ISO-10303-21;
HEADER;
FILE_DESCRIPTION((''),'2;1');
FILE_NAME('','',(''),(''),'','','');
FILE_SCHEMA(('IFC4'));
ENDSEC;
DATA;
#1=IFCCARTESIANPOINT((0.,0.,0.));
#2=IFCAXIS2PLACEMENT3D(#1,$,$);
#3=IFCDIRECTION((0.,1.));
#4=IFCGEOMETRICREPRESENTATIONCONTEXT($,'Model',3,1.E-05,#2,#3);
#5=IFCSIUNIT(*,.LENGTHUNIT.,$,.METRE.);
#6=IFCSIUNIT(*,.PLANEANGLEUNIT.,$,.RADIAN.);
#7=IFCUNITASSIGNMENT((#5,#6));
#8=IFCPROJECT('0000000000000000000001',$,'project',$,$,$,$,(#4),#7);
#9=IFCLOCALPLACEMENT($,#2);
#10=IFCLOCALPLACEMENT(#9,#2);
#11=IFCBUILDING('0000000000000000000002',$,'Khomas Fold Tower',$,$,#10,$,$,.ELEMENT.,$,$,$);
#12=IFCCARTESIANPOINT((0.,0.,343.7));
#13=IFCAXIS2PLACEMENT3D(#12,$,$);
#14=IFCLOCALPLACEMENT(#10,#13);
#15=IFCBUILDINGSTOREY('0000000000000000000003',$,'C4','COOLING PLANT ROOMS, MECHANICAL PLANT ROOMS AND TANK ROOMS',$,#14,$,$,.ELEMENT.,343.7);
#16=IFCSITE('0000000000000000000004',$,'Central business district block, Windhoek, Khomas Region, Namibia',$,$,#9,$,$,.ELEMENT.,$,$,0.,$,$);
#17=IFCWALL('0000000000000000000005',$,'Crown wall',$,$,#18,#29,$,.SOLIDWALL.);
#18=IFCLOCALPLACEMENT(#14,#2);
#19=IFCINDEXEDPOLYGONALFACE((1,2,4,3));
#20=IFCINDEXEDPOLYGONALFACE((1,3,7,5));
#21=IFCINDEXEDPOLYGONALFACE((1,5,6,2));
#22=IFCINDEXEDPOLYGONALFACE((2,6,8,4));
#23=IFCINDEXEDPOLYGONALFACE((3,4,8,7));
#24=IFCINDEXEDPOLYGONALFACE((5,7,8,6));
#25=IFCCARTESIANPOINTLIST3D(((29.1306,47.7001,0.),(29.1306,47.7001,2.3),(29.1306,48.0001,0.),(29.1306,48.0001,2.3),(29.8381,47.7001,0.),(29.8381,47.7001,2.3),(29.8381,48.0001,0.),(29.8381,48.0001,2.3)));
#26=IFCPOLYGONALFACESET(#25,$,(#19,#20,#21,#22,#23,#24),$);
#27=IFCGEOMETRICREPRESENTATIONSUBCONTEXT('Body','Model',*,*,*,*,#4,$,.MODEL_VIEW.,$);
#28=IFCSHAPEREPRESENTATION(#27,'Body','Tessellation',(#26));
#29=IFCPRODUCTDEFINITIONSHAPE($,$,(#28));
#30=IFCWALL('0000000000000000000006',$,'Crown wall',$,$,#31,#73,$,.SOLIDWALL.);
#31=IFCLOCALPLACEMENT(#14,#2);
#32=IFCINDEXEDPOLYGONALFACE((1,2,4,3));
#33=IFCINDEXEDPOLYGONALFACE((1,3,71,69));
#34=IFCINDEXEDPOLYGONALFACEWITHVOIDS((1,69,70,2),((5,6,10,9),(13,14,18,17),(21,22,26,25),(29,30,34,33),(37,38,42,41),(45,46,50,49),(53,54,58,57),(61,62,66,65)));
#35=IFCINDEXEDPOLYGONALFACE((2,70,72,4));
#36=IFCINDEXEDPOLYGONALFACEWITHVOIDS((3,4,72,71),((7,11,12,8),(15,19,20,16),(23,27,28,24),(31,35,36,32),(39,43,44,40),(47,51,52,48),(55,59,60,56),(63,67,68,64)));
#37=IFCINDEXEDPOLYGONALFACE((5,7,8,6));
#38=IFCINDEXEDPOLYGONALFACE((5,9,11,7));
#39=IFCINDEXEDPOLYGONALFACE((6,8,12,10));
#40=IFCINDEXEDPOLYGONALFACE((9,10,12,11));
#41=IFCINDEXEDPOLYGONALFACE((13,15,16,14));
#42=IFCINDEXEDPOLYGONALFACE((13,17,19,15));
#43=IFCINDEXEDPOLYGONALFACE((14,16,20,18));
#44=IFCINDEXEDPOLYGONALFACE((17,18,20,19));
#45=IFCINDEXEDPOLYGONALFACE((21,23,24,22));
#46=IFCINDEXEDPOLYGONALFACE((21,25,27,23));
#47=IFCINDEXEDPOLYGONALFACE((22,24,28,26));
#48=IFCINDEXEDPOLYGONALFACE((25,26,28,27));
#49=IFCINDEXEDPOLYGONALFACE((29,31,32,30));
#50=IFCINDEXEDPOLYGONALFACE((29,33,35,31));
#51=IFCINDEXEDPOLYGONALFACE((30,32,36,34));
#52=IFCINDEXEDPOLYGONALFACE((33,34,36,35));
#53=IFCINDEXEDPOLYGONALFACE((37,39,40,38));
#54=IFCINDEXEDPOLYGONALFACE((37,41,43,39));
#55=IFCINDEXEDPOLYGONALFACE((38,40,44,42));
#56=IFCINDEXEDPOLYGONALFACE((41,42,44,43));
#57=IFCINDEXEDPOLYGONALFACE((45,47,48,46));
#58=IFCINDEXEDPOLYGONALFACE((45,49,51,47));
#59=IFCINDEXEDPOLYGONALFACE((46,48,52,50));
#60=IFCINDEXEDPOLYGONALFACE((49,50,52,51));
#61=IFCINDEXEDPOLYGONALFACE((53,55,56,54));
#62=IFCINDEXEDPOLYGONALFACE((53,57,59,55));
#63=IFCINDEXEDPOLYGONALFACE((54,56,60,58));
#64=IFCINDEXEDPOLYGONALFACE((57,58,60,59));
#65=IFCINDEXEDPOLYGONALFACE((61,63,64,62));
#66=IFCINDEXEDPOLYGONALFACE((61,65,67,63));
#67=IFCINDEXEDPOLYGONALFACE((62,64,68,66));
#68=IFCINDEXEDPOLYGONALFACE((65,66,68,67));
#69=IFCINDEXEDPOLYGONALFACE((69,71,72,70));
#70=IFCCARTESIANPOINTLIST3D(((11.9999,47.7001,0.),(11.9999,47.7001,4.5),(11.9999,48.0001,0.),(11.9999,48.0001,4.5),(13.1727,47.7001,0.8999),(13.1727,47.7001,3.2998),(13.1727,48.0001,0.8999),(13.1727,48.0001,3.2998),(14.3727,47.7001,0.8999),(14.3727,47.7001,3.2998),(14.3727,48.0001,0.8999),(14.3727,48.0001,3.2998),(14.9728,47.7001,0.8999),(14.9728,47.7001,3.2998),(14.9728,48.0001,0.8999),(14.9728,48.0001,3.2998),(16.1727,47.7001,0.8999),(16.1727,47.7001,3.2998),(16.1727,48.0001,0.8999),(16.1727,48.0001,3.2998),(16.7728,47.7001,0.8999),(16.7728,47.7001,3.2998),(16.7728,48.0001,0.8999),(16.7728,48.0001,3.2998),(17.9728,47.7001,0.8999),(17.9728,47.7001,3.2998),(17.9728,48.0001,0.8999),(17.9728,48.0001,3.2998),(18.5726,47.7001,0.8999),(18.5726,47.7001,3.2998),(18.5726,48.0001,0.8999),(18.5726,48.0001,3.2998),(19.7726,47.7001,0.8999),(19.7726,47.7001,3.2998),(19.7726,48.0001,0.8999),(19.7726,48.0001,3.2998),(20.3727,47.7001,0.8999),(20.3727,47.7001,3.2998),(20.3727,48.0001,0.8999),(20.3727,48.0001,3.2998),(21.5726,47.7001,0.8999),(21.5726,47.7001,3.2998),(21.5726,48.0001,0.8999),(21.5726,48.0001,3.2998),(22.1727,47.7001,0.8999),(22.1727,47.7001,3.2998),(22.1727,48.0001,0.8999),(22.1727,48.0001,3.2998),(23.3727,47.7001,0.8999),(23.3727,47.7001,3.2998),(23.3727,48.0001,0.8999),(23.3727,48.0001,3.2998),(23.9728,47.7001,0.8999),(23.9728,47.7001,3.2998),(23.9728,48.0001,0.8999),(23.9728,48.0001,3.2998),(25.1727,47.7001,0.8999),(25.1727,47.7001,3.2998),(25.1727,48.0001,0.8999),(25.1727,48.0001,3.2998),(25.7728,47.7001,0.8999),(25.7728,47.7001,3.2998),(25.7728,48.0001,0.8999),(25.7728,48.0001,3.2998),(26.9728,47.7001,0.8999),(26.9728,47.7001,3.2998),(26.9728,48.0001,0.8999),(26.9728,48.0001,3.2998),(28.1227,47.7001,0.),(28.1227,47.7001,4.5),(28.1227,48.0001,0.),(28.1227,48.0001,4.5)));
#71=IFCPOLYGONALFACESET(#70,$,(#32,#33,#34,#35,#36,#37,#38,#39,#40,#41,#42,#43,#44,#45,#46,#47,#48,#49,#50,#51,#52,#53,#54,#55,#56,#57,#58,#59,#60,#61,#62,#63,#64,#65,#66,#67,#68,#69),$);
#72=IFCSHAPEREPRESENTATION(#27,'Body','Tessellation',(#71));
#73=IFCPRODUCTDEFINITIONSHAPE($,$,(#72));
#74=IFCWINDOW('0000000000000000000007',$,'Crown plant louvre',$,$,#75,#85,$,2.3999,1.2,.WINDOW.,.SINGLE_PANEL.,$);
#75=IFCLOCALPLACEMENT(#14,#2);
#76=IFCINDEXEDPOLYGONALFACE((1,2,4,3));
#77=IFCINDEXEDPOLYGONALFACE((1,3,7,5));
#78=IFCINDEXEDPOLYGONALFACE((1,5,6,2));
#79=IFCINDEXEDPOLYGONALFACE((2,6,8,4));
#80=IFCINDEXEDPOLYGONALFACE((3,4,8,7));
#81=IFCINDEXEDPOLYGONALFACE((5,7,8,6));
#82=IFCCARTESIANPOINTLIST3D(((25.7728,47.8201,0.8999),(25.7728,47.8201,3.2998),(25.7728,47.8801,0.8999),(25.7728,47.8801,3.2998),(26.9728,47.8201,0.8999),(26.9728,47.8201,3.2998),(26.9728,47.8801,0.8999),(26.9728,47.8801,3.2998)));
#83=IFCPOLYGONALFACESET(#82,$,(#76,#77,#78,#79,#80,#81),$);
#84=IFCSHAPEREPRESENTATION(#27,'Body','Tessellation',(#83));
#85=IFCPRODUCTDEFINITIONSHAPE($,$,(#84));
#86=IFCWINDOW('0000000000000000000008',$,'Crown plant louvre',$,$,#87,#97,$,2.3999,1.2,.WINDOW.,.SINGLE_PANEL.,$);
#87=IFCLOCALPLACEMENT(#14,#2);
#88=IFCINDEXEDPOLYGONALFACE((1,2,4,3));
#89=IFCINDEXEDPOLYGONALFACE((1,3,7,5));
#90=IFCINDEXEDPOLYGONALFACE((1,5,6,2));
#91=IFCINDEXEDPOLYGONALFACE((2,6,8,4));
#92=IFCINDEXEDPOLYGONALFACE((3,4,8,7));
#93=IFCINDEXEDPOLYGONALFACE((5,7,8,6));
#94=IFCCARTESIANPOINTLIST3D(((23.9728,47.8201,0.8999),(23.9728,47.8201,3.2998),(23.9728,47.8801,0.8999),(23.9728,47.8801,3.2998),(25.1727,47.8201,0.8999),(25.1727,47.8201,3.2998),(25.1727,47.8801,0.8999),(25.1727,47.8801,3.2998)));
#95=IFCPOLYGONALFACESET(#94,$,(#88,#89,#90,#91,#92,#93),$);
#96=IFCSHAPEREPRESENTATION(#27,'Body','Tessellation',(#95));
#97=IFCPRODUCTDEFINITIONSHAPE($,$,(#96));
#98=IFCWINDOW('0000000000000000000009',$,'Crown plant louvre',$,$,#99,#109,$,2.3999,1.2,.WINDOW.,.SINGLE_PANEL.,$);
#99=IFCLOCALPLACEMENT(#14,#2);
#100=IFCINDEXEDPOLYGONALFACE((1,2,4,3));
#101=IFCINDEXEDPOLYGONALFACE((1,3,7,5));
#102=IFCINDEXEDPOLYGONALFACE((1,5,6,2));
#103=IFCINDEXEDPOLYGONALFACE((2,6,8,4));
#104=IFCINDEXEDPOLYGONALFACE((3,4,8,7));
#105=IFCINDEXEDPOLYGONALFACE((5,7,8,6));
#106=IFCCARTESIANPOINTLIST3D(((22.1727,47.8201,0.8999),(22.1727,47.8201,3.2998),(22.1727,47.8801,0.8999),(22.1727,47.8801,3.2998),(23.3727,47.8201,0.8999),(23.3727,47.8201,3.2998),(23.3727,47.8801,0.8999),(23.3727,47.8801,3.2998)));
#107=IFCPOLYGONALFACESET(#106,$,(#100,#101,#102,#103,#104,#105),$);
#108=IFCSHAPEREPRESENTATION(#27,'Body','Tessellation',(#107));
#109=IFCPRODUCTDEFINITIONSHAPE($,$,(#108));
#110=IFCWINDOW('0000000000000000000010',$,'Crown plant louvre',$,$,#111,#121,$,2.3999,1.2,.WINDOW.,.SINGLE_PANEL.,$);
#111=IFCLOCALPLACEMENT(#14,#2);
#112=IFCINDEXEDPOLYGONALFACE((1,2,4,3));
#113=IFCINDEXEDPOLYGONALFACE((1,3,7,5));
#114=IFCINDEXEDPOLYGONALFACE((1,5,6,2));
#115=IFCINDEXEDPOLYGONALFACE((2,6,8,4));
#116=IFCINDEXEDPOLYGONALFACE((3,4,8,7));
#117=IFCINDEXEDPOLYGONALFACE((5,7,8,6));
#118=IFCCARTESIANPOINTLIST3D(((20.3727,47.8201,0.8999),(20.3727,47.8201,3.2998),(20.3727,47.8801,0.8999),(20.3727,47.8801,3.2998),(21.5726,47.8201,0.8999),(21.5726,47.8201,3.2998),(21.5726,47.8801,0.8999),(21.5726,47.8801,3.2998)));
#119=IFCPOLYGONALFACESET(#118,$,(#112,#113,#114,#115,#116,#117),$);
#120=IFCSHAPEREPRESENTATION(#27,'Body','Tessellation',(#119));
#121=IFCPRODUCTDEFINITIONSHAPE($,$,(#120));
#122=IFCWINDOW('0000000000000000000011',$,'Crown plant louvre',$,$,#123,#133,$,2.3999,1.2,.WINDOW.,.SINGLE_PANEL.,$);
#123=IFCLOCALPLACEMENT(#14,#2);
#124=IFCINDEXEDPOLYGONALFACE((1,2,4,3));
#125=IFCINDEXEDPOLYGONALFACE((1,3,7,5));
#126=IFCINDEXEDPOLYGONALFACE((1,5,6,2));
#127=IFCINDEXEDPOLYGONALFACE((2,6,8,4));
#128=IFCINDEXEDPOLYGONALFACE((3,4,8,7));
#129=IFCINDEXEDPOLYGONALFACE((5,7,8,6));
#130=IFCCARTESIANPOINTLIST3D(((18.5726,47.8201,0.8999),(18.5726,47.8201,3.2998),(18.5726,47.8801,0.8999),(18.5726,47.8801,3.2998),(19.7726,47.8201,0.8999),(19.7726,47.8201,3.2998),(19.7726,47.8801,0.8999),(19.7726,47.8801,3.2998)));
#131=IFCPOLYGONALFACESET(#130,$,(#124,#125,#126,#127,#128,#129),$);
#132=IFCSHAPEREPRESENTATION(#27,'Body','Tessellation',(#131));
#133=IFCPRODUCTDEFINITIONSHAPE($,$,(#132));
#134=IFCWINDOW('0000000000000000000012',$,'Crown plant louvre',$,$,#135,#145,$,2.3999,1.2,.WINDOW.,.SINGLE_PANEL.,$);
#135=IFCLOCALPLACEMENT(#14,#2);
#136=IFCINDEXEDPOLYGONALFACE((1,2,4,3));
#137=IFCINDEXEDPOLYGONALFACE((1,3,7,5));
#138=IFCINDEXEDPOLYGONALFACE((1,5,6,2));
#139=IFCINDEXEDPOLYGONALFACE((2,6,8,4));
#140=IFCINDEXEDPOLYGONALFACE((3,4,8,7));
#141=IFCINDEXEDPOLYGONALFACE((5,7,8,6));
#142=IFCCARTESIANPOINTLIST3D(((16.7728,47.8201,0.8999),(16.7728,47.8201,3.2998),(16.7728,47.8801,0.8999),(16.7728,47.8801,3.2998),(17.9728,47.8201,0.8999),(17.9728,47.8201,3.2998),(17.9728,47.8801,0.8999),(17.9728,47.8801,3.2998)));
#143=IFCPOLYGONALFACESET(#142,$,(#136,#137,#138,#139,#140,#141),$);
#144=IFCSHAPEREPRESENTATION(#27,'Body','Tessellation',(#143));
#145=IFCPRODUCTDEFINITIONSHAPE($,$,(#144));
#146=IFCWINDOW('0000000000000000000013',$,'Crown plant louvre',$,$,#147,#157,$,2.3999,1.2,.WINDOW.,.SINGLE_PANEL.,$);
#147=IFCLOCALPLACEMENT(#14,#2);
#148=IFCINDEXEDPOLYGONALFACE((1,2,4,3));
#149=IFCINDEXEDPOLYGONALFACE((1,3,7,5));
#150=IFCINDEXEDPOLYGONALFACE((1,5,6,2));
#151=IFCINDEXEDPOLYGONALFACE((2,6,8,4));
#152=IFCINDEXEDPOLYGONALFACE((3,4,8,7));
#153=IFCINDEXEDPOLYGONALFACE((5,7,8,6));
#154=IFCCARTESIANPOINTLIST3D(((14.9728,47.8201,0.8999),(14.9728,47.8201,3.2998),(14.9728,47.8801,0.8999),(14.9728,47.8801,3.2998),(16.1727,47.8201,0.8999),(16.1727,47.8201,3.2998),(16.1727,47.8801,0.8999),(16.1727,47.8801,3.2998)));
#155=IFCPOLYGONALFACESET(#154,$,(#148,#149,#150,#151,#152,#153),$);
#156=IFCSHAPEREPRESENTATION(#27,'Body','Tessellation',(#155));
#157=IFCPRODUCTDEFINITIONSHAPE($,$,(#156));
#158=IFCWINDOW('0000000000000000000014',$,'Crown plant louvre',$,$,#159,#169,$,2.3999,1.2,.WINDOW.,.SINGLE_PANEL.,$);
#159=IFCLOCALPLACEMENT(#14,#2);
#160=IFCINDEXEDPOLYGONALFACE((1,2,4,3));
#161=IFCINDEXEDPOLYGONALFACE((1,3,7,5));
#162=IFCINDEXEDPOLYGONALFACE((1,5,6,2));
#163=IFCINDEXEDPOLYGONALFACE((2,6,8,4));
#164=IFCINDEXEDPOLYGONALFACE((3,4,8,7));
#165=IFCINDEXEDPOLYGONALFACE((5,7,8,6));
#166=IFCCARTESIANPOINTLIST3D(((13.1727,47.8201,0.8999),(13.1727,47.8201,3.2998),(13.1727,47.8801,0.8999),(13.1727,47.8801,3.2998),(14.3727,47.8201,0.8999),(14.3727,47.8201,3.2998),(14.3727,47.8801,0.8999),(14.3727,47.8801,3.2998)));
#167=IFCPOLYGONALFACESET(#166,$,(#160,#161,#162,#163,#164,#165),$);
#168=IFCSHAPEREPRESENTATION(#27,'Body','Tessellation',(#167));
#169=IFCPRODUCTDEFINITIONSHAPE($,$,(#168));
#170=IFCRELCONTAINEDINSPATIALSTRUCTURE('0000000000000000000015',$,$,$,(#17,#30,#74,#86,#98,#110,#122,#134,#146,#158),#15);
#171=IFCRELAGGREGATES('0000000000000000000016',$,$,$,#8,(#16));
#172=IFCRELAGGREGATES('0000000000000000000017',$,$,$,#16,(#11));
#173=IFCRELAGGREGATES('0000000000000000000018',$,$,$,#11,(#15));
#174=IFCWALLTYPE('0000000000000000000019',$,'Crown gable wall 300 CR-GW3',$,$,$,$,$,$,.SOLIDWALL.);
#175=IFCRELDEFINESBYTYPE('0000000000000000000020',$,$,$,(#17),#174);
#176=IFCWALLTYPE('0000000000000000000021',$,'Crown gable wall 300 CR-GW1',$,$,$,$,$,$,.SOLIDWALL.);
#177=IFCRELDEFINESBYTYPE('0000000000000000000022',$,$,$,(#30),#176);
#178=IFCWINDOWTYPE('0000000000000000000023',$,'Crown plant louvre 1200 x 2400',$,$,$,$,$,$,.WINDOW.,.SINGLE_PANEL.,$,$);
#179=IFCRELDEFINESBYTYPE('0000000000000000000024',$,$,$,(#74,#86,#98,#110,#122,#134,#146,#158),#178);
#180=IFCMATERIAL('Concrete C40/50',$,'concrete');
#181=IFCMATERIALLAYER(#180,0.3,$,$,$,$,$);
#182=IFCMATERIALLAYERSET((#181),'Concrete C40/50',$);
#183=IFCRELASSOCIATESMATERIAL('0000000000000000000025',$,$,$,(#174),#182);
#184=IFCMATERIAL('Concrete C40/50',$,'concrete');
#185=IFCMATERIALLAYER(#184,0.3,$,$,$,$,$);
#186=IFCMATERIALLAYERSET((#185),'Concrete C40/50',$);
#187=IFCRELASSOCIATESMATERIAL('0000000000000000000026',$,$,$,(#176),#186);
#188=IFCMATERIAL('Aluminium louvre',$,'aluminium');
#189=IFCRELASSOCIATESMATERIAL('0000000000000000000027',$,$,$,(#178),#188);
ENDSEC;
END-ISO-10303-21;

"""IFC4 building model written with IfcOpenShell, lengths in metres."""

from ifc_helpers import new_model, si_unit, direction, frame, frame_2d, origin, place, context, subcontext, project, spatial, rectangle, extrude, source, transform, mapped, material, layer, layer_set, type_object, element, fill, save


model = new_model("IFC4")

# Units and contexts
model_context = context("Model", 3, precision=1e-05, world=origin(), true_north=direction((0.0, 1.0)))
body_context = subcontext(model_context, "Body", "Model", "MODEL_VIEW")
ifc_project = project(units=[si_unit("LENGTHUNIT", "METRE"), si_unit("PLANEANGLEUNIT", "RADIAN")], contexts=[model_context])

# Site, building, storey
site_placement = place(None, origin())
site = spatial("IfcSite", under=ifc_project, at=site_placement, Name="Central business district block, Windhoek, Khomas Region, Namibia", CompositionType="ELEMENT", RefElevation=0.0)
building_placement = place(site_placement, origin())
building = spatial("IfcBuilding", under=site, at=building_placement, Name="Khomas Fold Tower", CompositionType="ELEMENT")
storey_placement = place(building_placement, frame((0.0, 0.0, 343.7)))
storey = spatial("IfcBuildingStorey", under=building, at=storey_placement, Name="C4", Description="COOLING PLANT ROOMS, MECHANICAL PLANT ROOMS AND TANK ROOMS", CompositionType="ELEMENT", Elevation=343.7)

# Wall
ifc_material_1 = material(Name="Concrete C40/50", Category="concrete")
ifc_layer_1 = layer(ifc_material_1, 0.3)
ifc_layer_set_1 = layer_set([ifc_layer_1], Name="Concrete C40/50")
wall_type_1 = type_object("IfcWallType", Name="Crown gable wall 300 CR-GW3", PredefinedType="SOLIDWALL", material=ifc_layer_set_1)
shared_shape_1 = source(origin(), body_context, "Body", "SweptSolid", [
    extrude(rectangle(XDim=0.7075, YDim=0.3, at=frame_2d((0.3538, 0.0))), origin(), (0.0, 0.0, 1.0), 2.3),
])
wall_1_placement = place(storey_placement, frame((29.8381, 47.8501, 0.0), z_axis=(0.0, 0.0, 1.0), x_axis=(-1.0, 0.0, 0.0)))
element("IfcWall", 1, at=wall_1_placement, inside=storey, type_object=wall_type_1, Name="Crown wall", PredefinedType="SOLIDWALL", context=body_context, shape_type="MappedRepresentation", body=[
    mapped(shared_shape_1, transform((0.0, 0.0, 0.0))),
])

# Wall, openings, windows
ifc_material_2 = material(Name="Concrete C40/50", Category="concrete")
ifc_layer_2 = layer(ifc_material_2, 0.3)
ifc_layer_set_2 = layer_set([ifc_layer_2], Name="Concrete C40/50")
wall_type_2 = type_object("IfcWallType", Name="Crown gable wall 300 CR-GW1", PredefinedType="SOLIDWALL", material=ifc_layer_set_2)
shared_shape_2 = source(origin(), body_context, "Body", "SweptSolid", [
    extrude(rectangle(XDim=16.1228, YDim=0.3, at=frame_2d((8.0615, 0.0))), origin(), (0.0, 0.0, 1.0), 4.5),
])
wall_2_placement = place(storey_placement, frame((28.1228, 47.8501, 0.0), z_axis=(0.0, 0.0, 1.0), x_axis=(-1.0, 0.0, 0.0)))
wall_2 = element("IfcWall", 2, at=wall_2_placement, inside=storey, type_object=wall_type_2, Name="Crown wall", PredefinedType="SOLIDWALL", context=body_context, shape_type="MappedRepresentation", body=[
    mapped(shared_shape_2, transform((0.0, 0.0, 0.0))),
])
shared_shape_3 = source(origin(), body_context, "Body", "SweptSolid", [
    extrude(rectangle(XDim=1.2, YDim=2.3999, at=frame_2d((0.6001, 1.2))), frame((0.0, 0.1599, 0.0), z_axis=(0.0, -1.0, 0.0), x_axis=(1.0, 0.0, 0.0)), (0.0, 0.0, 1.0), 0.3201),
])
opening_1_placement = place(wall_2_placement, frame((1.1499, 0.0, 0.8999)))
opening_1 = element("IfcOpeningElement", 3, at=opening_1_placement, cuts=wall_2, PredefinedType="OPENING", context=body_context, shape_type="MappedRepresentation", body=[
    mapped(shared_shape_3, transform((0.0, 0.0, 0.0))),
])
opening_2_placement = place(wall_2_placement, frame((2.95, 0.0, 0.8999)))
opening_2 = element("IfcOpeningElement", 4, at=opening_2_placement, cuts=wall_2, PredefinedType="OPENING", context=body_context, shape_type="MappedRepresentation", body=[
    mapped(shared_shape_3, transform((0.0, 0.0, 0.0))),
])
opening_3_placement = place(wall_2_placement, frame((4.75, 0.0, 0.8999)))
opening_3 = element("IfcOpeningElement", 5, at=opening_3_placement, cuts=wall_2, PredefinedType="OPENING", context=body_context, shape_type="MappedRepresentation", body=[
    mapped(shared_shape_3, transform((0.0, 0.0, 0.0))),
])
opening_4_placement = place(wall_2_placement, frame((6.55, 0.0, 0.8999)))
opening_4 = element("IfcOpeningElement", 6, at=opening_4_placement, cuts=wall_2, PredefinedType="OPENING", context=body_context, shape_type="MappedRepresentation", body=[
    mapped(shared_shape_3, transform((0.0, 0.0, 0.0))),
])
opening_5_placement = place(wall_2_placement, frame((8.3501, 0.0, 0.8999)))
opening_5 = element("IfcOpeningElement", 7, at=opening_5_placement, cuts=wall_2, PredefinedType="OPENING", context=body_context, shape_type="MappedRepresentation", body=[
    mapped(shared_shape_3, transform((0.0, 0.0, 0.0))),
])
opening_6_placement = place(wall_2_placement, frame((10.1499, 0.0, 0.8999)))
opening_6 = element("IfcOpeningElement", 8, at=opening_6_placement, cuts=wall_2, PredefinedType="OPENING", context=body_context, shape_type="MappedRepresentation", body=[
    mapped(shared_shape_3, transform((0.0, 0.0, 0.0))),
])
opening_7_placement = place(wall_2_placement, frame((11.95, 0.0, 0.8999)))
opening_7 = element("IfcOpeningElement", 9, at=opening_7_placement, cuts=wall_2, PredefinedType="OPENING", context=body_context, shape_type="MappedRepresentation", body=[
    mapped(shared_shape_3, transform((0.0, 0.0, 0.0))),
])
opening_8_placement = place(wall_2_placement, frame((13.75, 0.0, 0.8999)))
opening_8 = element("IfcOpeningElement", 10, at=opening_8_placement, cuts=wall_2, PredefinedType="OPENING", context=body_context, shape_type="MappedRepresentation", body=[
    mapped(shared_shape_3, transform((0.0, 0.0, 0.0))),
])
ifc_material_3 = material(Name="Aluminium louvre", Category="aluminium")
window_type = type_object("IfcWindowType", Name="Crown plant louvre 1200 x 2400", PartitioningType="SINGLE_PANEL", PredefinedType="WINDOW", material=ifc_material_3)
shared_shape_4 = source(origin(), body_context, "Body", "SweptSolid", [
    extrude(rectangle(XDim=1.2, YDim=2.3999, at=frame_2d((0.6001, 1.2))), frame((0.0, 0.03, 0.0), z_axis=(0.0, -1.0, 0.0), x_axis=(1.0, 0.0, 0.0)), (0.0, 0.0, 1.0), 0.0601),
])
window_1_placement = place(opening_1_placement, origin())
window_1 = element("IfcWindow", 11, at=window_1_placement, inside=storey, type_object=window_type, Name="Crown plant louvre", OverallHeight=2.3999, OverallWidth=1.2, PartitioningType="SINGLE_PANEL", PredefinedType="WINDOW", context=body_context, shape_type="MappedRepresentation", body=[
    mapped(shared_shape_4, transform((0.0, 0.0, 0.0))),
])
fill(opening_1, window_1)
window_2_placement = place(opening_2_placement, origin())
window_2 = element("IfcWindow", 12, at=window_2_placement, inside=storey, type_object=window_type, Name="Crown plant louvre", OverallHeight=2.3999, OverallWidth=1.2, PartitioningType="SINGLE_PANEL", PredefinedType="WINDOW", context=body_context, shape_type="MappedRepresentation", body=[
    mapped(shared_shape_4, transform((0.0, 0.0, 0.0))),
])
fill(opening_2, window_2)
window_3_placement = place(opening_3_placement, origin())
window_3 = element("IfcWindow", 13, at=window_3_placement, inside=storey, type_object=window_type, Name="Crown plant louvre", OverallHeight=2.3999, OverallWidth=1.2, PartitioningType="SINGLE_PANEL", PredefinedType="WINDOW", context=body_context, shape_type="MappedRepresentation", body=[
    mapped(shared_shape_4, transform((0.0, 0.0, 0.0))),
])
fill(opening_3, window_3)
window_4_placement = place(opening_4_placement, origin())
window_4 = element("IfcWindow", 14, at=window_4_placement, inside=storey, type_object=window_type, Name="Crown plant louvre", OverallHeight=2.3999, OverallWidth=1.2, PartitioningType="SINGLE_PANEL", PredefinedType="WINDOW", context=body_context, shape_type="MappedRepresentation", body=[
    mapped(shared_shape_4, transform((0.0, 0.0, 0.0))),
])
fill(opening_4, window_4)
window_5_placement = place(opening_5_placement, origin())
window_5 = element("IfcWindow", 15, at=window_5_placement, inside=storey, type_object=window_type, Name="Crown plant louvre", OverallHeight=2.3999, OverallWidth=1.2, PartitioningType="SINGLE_PANEL", PredefinedType="WINDOW", context=body_context, shape_type="MappedRepresentation", body=[
    mapped(shared_shape_4, transform((0.0, 0.0, 0.0))),
])
fill(opening_5, window_5)
window_6_placement = place(opening_6_placement, origin())
window_6 = element("IfcWindow", 16, at=window_6_placement, inside=storey, type_object=window_type, Name="Crown plant louvre", OverallHeight=2.3999, OverallWidth=1.2, PartitioningType="SINGLE_PANEL", PredefinedType="WINDOW", context=body_context, shape_type="MappedRepresentation", body=[
    mapped(shared_shape_4, transform((0.0, 0.0, 0.0))),
])
fill(opening_6, window_6)
window_7_placement = place(opening_7_placement, origin())
window_7 = element("IfcWindow", 17, at=window_7_placement, inside=storey, type_object=window_type, Name="Crown plant louvre", OverallHeight=2.3999, OverallWidth=1.2, PartitioningType="SINGLE_PANEL", PredefinedType="WINDOW", context=body_context, shape_type="MappedRepresentation", body=[
    mapped(shared_shape_4, transform((0.0, 0.0, 0.0))),
])
fill(opening_7, window_7)
window_8_placement = place(opening_8_placement, origin())
window_8 = element("IfcWindow", 18, at=window_8_placement, inside=storey, type_object=window_type, Name="Crown plant louvre", OverallHeight=2.3999, OverallWidth=1.2, PartitioningType="SINGLE_PANEL", PredefinedType="WINDOW", context=body_context, shape_type="MappedRepresentation", body=[
    mapped(shared_shape_4, transform((0.0, 0.0, 0.0))),
])
fill(opening_8, window_8)

save(model, "model.ifc")
